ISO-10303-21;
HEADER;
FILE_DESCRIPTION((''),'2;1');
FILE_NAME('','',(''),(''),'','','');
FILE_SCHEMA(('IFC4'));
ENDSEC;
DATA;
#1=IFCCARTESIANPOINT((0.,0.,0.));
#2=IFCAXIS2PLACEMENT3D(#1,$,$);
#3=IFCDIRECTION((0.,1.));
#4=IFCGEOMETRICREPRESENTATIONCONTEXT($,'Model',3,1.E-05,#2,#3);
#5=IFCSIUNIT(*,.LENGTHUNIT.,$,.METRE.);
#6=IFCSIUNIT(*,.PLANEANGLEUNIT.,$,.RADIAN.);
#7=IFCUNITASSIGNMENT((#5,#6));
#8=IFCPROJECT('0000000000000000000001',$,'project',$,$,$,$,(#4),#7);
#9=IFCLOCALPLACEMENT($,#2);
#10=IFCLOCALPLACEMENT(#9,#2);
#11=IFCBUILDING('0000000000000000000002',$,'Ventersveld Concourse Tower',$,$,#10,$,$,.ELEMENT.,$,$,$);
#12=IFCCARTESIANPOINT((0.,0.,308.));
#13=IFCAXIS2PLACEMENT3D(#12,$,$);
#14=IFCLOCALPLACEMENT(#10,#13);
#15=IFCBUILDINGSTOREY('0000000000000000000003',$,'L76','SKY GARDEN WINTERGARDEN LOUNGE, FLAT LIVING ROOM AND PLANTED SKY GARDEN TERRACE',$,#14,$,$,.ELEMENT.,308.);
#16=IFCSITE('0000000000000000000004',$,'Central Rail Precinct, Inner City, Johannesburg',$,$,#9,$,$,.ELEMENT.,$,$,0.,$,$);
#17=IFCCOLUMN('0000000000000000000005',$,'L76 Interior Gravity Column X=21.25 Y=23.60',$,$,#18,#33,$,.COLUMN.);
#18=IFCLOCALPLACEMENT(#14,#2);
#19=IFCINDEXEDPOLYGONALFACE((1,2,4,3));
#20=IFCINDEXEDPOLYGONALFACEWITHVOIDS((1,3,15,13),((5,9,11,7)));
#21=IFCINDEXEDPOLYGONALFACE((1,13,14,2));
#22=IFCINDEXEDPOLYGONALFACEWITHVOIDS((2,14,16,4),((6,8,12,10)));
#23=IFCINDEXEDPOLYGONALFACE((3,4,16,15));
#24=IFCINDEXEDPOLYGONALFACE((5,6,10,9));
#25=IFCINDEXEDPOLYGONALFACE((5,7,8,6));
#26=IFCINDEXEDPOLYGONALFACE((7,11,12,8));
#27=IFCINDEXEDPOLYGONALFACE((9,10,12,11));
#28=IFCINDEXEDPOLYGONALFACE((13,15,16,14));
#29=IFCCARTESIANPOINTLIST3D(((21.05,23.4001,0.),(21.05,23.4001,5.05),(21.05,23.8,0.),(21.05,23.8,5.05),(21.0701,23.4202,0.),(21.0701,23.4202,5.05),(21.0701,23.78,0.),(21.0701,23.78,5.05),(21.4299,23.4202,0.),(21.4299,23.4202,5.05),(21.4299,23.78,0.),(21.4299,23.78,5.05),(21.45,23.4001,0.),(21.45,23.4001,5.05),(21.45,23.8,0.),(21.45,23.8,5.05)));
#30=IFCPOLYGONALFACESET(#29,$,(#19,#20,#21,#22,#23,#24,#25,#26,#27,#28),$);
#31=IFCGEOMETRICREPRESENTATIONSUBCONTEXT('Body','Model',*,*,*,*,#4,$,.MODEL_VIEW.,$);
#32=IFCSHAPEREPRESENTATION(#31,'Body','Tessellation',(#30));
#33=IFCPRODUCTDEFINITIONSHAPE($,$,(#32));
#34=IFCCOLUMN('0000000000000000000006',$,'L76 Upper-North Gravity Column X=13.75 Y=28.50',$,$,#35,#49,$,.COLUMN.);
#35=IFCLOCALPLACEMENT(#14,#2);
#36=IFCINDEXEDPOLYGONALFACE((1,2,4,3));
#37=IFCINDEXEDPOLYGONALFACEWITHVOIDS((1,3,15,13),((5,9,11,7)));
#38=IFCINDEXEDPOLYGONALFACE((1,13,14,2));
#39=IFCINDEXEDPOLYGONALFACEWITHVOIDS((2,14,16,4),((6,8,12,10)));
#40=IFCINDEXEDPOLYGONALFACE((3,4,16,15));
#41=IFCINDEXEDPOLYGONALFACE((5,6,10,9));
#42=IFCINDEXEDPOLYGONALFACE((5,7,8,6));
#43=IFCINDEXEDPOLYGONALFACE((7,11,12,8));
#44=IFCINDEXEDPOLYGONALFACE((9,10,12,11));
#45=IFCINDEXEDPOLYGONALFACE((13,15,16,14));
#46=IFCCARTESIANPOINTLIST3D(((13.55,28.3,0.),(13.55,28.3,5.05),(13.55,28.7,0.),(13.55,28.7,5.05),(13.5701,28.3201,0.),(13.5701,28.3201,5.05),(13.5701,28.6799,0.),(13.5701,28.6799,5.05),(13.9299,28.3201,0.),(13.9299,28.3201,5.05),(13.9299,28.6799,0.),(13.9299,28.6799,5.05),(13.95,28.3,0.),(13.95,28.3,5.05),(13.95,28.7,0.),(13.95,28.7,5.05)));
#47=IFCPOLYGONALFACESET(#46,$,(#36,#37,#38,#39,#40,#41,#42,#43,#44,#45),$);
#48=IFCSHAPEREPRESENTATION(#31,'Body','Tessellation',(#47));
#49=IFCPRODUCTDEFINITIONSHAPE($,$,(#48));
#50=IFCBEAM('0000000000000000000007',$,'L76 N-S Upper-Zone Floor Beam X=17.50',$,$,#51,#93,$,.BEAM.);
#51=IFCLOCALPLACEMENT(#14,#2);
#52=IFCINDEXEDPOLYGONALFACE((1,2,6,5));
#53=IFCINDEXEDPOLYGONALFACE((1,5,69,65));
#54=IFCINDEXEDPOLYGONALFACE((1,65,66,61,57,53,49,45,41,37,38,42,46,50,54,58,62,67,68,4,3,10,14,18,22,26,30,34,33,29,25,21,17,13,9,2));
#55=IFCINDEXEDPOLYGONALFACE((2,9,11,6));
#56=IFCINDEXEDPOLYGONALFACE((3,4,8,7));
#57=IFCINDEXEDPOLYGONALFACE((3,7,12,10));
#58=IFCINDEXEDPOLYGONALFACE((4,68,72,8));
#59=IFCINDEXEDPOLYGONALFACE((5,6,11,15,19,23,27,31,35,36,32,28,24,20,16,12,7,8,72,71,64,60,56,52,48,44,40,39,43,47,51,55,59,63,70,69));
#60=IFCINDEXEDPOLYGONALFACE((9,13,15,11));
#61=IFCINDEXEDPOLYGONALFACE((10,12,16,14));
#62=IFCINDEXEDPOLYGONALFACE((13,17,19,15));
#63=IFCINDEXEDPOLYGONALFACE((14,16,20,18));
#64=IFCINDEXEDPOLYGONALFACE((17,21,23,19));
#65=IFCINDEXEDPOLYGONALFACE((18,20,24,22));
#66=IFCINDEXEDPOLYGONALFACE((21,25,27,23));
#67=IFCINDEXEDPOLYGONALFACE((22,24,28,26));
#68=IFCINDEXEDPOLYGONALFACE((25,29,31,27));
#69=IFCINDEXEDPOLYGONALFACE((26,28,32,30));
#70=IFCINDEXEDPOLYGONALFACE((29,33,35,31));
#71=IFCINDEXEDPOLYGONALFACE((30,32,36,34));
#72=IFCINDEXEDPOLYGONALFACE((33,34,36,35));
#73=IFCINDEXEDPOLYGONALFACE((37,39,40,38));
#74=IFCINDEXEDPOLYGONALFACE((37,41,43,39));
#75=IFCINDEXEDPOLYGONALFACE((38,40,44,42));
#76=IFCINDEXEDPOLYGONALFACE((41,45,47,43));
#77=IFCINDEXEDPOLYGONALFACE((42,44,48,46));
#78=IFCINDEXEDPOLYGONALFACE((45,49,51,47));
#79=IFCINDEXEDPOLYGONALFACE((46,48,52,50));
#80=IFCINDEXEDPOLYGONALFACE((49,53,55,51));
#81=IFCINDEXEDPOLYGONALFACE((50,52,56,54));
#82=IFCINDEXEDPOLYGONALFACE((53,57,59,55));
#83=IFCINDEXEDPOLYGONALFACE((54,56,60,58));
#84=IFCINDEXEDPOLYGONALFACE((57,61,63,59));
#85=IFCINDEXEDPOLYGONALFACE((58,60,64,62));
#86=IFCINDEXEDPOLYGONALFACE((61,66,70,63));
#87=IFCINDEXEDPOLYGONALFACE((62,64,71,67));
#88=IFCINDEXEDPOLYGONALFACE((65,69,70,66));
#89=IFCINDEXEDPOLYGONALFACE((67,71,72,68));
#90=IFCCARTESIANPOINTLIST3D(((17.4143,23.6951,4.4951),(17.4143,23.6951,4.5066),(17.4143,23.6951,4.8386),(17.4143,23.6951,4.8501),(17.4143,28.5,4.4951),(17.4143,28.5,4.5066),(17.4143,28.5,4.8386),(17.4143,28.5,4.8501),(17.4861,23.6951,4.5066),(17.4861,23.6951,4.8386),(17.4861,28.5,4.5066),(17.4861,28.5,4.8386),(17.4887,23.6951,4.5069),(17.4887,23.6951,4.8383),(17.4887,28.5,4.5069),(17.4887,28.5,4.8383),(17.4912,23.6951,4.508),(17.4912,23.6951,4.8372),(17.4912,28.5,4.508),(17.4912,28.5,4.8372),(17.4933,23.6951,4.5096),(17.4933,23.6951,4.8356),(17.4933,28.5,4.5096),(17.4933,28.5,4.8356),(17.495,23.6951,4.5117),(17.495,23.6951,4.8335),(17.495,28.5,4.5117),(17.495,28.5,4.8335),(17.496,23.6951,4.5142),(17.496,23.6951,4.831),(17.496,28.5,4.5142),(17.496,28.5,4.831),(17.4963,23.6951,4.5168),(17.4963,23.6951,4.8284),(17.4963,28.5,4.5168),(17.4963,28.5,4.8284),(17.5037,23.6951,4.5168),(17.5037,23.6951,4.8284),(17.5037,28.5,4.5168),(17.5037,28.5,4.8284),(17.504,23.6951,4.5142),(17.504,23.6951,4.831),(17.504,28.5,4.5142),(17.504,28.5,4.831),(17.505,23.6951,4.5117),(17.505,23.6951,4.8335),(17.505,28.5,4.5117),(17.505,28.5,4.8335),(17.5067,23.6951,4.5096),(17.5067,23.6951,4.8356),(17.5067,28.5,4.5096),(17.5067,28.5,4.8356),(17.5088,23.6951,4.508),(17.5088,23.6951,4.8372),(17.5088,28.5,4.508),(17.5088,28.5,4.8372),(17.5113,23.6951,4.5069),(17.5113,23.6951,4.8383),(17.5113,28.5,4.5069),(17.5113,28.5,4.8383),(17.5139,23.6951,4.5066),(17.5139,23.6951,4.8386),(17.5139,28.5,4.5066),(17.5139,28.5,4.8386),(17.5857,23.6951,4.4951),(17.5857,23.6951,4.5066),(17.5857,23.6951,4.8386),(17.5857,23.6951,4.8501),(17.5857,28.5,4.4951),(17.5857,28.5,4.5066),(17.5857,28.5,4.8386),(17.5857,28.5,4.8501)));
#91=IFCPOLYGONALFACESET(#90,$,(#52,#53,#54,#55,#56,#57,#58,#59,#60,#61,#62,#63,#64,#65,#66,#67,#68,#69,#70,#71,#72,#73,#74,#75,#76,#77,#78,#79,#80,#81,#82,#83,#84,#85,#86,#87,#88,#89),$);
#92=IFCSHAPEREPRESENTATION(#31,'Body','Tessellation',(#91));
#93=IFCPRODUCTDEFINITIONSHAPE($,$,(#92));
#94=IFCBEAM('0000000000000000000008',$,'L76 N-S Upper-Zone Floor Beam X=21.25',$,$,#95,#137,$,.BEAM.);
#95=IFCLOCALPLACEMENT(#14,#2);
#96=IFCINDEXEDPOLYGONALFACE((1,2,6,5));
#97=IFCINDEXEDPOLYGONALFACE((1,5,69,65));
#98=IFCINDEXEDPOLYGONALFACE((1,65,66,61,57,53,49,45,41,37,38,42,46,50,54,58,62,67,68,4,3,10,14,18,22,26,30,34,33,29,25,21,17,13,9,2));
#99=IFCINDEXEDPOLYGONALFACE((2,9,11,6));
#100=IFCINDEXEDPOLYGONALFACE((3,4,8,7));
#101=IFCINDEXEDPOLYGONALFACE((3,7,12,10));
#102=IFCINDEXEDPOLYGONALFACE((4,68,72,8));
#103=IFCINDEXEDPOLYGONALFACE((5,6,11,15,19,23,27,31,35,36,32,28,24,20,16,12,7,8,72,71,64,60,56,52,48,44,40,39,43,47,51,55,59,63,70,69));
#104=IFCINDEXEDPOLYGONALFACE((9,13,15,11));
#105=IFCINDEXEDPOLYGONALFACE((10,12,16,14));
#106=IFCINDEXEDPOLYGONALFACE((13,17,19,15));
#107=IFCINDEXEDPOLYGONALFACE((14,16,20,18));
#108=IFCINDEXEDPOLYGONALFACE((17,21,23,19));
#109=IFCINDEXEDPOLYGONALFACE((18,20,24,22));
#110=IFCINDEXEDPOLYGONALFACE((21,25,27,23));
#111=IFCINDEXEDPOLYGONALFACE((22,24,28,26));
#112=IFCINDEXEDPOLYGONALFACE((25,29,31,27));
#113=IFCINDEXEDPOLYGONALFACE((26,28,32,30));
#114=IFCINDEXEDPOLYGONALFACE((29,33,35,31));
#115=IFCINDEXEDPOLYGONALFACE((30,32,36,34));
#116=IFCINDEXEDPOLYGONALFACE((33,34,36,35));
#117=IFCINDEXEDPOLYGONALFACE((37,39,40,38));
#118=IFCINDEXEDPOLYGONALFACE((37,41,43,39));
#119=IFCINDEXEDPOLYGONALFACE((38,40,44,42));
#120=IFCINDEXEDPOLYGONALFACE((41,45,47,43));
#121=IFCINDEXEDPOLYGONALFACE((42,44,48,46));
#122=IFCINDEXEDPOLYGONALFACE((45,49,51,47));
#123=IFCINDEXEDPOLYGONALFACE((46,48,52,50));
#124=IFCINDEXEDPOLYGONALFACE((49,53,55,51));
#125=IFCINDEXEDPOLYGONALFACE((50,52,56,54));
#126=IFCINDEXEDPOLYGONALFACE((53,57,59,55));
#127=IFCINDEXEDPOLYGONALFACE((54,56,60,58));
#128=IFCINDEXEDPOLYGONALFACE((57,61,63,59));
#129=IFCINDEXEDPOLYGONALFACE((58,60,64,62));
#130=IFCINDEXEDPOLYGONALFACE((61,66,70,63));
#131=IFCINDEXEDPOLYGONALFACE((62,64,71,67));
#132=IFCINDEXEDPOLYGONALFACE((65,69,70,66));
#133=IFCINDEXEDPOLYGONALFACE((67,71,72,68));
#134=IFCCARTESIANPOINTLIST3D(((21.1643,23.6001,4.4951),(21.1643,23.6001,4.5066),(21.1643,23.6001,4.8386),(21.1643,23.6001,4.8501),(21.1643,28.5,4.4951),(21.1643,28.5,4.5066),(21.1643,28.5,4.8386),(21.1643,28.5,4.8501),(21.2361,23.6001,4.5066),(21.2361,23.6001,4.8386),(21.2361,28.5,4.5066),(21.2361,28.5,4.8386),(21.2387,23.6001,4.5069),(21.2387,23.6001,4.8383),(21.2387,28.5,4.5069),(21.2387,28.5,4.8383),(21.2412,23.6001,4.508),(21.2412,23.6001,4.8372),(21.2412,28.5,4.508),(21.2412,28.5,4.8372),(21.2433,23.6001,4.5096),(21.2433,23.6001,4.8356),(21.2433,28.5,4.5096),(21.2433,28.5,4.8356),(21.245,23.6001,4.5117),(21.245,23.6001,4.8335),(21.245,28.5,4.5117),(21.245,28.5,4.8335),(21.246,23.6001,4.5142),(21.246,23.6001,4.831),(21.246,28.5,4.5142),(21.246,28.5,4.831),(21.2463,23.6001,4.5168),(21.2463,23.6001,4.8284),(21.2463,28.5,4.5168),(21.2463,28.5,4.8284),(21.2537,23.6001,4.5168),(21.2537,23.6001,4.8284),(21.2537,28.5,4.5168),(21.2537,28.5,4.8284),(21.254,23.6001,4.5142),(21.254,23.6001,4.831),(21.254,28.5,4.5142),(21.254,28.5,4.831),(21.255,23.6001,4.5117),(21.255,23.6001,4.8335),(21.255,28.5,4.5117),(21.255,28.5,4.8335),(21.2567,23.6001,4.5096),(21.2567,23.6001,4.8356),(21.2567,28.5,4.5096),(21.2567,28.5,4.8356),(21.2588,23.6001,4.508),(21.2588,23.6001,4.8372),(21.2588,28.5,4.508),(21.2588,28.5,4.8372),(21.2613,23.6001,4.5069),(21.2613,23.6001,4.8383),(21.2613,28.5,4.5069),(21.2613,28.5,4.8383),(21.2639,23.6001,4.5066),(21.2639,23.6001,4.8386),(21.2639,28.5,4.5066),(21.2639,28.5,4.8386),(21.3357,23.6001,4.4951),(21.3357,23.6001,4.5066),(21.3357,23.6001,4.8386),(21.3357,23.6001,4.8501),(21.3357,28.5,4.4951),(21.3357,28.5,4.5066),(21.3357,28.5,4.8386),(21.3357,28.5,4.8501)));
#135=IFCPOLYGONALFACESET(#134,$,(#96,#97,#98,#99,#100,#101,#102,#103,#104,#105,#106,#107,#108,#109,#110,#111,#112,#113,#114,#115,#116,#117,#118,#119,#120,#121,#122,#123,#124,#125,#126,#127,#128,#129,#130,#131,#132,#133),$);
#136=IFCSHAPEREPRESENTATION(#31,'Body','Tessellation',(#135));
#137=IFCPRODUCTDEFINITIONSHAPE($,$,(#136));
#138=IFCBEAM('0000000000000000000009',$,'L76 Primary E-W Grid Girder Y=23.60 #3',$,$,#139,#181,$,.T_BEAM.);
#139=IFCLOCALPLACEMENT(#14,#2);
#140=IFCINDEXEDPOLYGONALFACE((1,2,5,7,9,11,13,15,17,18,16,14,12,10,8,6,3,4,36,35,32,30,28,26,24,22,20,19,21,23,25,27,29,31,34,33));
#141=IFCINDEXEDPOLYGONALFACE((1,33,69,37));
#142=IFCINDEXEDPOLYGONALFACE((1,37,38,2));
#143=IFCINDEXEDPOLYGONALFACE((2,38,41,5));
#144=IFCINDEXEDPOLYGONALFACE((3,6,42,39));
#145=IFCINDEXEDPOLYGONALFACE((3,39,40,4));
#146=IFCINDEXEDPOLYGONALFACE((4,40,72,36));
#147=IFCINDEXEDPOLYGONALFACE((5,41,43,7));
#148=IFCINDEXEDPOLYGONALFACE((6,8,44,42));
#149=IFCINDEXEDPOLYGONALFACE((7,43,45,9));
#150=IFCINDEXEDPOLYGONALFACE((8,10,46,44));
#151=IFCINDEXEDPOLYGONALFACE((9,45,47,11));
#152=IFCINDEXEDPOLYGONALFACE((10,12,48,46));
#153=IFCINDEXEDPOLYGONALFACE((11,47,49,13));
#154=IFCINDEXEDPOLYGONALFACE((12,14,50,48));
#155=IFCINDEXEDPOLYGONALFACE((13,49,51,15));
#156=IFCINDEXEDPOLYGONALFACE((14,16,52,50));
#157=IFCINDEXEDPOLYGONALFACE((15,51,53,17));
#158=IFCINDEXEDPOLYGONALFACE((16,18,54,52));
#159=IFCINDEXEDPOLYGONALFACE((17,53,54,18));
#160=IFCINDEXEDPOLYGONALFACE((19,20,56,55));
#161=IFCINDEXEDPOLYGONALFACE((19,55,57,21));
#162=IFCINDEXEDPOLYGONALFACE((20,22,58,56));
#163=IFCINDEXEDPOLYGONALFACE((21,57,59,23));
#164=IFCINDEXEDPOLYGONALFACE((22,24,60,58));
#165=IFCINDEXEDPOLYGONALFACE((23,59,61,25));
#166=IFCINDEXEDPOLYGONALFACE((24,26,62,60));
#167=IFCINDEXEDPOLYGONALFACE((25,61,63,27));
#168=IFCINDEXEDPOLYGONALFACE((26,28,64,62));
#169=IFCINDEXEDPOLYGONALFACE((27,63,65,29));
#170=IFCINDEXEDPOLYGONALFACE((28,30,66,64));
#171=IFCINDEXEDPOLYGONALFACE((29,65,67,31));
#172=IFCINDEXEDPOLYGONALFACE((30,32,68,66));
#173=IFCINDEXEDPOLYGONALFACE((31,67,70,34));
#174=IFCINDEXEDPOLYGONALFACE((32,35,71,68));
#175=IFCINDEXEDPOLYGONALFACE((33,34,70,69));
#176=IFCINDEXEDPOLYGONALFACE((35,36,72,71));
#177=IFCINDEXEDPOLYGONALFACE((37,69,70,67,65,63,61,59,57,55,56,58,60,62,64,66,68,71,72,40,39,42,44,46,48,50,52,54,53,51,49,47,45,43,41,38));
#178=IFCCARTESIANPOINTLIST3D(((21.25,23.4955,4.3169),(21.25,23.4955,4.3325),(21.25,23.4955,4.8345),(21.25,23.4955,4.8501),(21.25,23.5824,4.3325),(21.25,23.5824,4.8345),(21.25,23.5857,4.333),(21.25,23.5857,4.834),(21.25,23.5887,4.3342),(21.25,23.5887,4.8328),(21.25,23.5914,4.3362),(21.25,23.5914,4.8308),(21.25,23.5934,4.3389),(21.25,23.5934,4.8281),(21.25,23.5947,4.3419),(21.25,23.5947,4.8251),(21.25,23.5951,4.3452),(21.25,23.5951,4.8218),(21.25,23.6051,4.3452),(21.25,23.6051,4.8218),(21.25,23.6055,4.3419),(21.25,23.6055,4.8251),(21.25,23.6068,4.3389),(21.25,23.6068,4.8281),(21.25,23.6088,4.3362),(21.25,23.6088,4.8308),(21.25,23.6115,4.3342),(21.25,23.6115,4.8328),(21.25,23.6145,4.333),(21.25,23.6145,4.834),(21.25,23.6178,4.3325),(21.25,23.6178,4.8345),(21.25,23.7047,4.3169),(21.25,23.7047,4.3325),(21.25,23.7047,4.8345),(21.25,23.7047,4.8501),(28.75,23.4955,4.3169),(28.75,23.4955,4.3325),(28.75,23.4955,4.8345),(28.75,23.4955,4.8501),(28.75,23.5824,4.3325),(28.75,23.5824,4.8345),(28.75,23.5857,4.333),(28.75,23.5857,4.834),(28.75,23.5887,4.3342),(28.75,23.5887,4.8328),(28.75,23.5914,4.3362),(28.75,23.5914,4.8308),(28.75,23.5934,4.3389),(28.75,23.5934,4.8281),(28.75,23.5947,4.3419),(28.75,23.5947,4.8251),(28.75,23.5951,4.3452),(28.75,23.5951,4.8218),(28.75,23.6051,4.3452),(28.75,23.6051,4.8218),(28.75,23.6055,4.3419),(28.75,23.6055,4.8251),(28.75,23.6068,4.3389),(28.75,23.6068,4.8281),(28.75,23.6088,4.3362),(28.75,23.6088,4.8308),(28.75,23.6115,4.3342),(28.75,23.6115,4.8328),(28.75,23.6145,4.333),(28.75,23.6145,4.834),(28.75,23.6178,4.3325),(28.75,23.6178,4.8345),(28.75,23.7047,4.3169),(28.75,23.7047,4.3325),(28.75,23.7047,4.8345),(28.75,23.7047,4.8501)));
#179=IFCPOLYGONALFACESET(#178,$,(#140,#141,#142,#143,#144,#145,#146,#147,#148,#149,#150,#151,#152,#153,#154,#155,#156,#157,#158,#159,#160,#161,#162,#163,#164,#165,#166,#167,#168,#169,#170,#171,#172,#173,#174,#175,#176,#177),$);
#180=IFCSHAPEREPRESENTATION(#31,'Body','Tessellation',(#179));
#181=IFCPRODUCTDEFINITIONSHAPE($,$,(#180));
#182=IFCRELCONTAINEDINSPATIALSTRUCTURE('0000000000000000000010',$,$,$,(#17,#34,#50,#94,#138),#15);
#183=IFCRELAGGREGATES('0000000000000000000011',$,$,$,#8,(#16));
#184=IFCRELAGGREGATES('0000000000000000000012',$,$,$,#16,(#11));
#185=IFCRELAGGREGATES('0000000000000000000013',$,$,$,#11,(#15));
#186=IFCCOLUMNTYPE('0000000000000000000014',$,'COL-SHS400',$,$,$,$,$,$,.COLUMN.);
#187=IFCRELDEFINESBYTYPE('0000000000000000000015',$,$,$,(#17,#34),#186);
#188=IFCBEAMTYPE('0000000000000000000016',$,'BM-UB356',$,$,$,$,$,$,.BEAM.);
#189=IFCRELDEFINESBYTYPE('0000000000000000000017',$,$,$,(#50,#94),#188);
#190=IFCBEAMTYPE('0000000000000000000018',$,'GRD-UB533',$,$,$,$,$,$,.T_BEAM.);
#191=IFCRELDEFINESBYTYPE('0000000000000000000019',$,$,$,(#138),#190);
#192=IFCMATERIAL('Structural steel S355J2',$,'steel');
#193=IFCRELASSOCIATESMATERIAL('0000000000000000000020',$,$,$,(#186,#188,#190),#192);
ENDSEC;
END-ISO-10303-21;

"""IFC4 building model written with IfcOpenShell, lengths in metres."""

from ifc_helpers import new_model, si_unit, direction, frame, origin, origin_2d, place, context, subcontext, project, spatial, hollow_rectangle, i_section, extrude, material, material_profile, profile_set, type_object, element, save


model = new_model("IFC4")

# Units and contexts
model_context = context("Model", 3, precision=1e-05, world=origin(), true_north=direction((0.0, 1.0)))
body_context = subcontext(model_context, "Body", "Model", "MODEL_VIEW")
ifc_project = project(units=[si_unit("LENGTHUNIT", "METRE"), si_unit("PLANEANGLEUNIT", "RADIAN")], contexts=[model_context])

# Site, building, storey
site_placement = place(None, origin())
site = spatial("IfcSite", under=ifc_project, at=site_placement, Name="Central Rail Precinct, Inner City, Johannesburg", CompositionType="ELEMENT", RefElevation=0.0)
building_placement = place(site_placement, origin())
building = spatial("IfcBuilding", under=site, at=building_placement, Name="Ventersveld Concourse Tower", CompositionType="ELEMENT")
storey_placement = place(building_placement, frame((0.0, 0.0, 308.0)))
storey = spatial("IfcBuildingStorey", under=building, at=storey_placement, Name="L76", Description="SKY GARDEN WINTERGARDEN LOUNGE, FLAT LIVING ROOM AND PLANTED SKY GARDEN TERRACE", CompositionType="ELEMENT", Elevation=308.0)

# Columns
ifc_material_1 = material(Name="Structural steel S355J2", Category="steel")
ifc_material_profile_1 = material_profile(ifc_material_1, hollow_rectangle(XDim=0.3999, YDim=0.3999, WallThickness=0.02, at=origin_2d()), Name="SHS 400x400x20")
ifc_profile_set_1 = profile_set([ifc_material_profile_1], Name="Structural steel S355J2")
column_type = type_object("IfcColumnType", Name="COL-SHS400", PredefinedType="COLUMN", material=ifc_profile_set_1)
for number, where, z_axis, x_axis, name in (
    (1, (21.25, 23.6001, 0.0), (0.0, 0.0, 1.0), (1.0, 0.0, 0.0), "L76 Interior Gravity Column X=21.25 Y=23.60"),
    (2, (13.75, 28.5, 0.0), (0.0, 0.0, 1.0), (1.0, 0.0, 0.0), "L76 Upper-North Gravity Column X=13.75 Y=28.50"),
):
    element("IfcColumn", number, at=place(storey_placement, frame(where, z_axis=z_axis, x_axis=x_axis)), inside=storey, type_object=column_type, Name=name, PredefinedType="COLUMN", context=body_context, shape_type="SweptSolid", body=[
        extrude(hollow_rectangle(XDim=0.3999, YDim=0.3999, WallThickness=0.02, at=origin_2d()), origin(), (0.0, 0.0, 1.0), 5.05),
    ])

# Beams
ifc_material_profile_2 = material_profile(ifc_material_1, i_section(OverallWidth=0.1714, OverallDepth=0.355, WebThickness=0.0073, FlangeThickness=0.0115, FilletRadius=0.0103, at=origin_2d()), Name="UB 356x171x51")
ifc_profile_set_2 = profile_set([ifc_material_profile_2], Name="Structural steel S355J2")
beam_type_1 = type_object("IfcBeamType", Name="BM-UB356", PredefinedType="BEAM", material=ifc_profile_set_2)
beam_1_placement = place(storey_placement, frame((17.5, 23.6951, 4.6726), z_axis=(0.0, 1.0, 0.0), x_axis=(-1.0, 0.0, 0.0)))
element("IfcBeam", 3, at=beam_1_placement, inside=storey, type_object=beam_type_1, Name="L76 N-S Upper-Zone Floor Beam X=17.50", PredefinedType="BEAM", context=body_context, shape_type="SweptSolid", body=[
    extrude(i_section(OverallWidth=0.1714, OverallDepth=0.355, WebThickness=0.0073, FlangeThickness=0.0115, FilletRadius=0.0103, at=origin_2d()), origin(), (0.0, 0.0, 1.0), 4.8049),
])
beam_2_placement = place(storey_placement, frame((21.25, 23.6001, 4.6726), z_axis=(0.0, 1.0, 0.0), x_axis=(-1.0, 0.0, 0.0)))
element("IfcBeam", 4, at=beam_2_placement, inside=storey, type_object=beam_type_1, Name="L76 N-S Upper-Zone Floor Beam X=21.25", PredefinedType="BEAM", context=body_context, shape_type="SweptSolid", body=[
    extrude(i_section(OverallWidth=0.1714, OverallDepth=0.355, WebThickness=0.0073, FlangeThickness=0.0115, FilletRadius=0.0103, at=origin_2d()), origin(), (0.0, 0.0, 1.0), 4.8999),
])
ifc_material_profile_3 = material_profile(ifc_material_1, i_section(OverallWidth=0.2092, OverallDepth=0.5332, WebThickness=0.01, FlangeThickness=0.0156, FilletRadius=0.0127, at=origin_2d()), Name="UB 533x210x92")
ifc_profile_set_3 = profile_set([ifc_material_profile_3], Name="Structural steel S355J2")
beam_type_2 = type_object("IfcBeamType", Name="GRD-UB533", PredefinedType="T_BEAM", material=ifc_profile_set_3)
for number, where, z_axis, x_axis, name in (
    (5, (21.25, 23.6001, 4.5835), (1.0, 0.0, 0.0), (0.0, 1.0, 0.0), "L76 Primary E-W Grid Girder Y=23.60 #3"),
):
    element("IfcBeam", number, at=place(storey_placement, frame(where, z_axis=z_axis, x_axis=x_axis)), inside=storey, type_object=beam_type_2, Name=name, PredefinedType="T_BEAM", context=body_context, shape_type="SweptSolid", body=[
        extrude(i_section(OverallWidth=0.2092, OverallDepth=0.5332, WebThickness=0.01, FlangeThickness=0.0156, FilletRadius=0.0127, at=origin_2d()), origin(), (0.0, 0.0, 1.0), 7.5),
    ])

save(model, "model.ifc")
